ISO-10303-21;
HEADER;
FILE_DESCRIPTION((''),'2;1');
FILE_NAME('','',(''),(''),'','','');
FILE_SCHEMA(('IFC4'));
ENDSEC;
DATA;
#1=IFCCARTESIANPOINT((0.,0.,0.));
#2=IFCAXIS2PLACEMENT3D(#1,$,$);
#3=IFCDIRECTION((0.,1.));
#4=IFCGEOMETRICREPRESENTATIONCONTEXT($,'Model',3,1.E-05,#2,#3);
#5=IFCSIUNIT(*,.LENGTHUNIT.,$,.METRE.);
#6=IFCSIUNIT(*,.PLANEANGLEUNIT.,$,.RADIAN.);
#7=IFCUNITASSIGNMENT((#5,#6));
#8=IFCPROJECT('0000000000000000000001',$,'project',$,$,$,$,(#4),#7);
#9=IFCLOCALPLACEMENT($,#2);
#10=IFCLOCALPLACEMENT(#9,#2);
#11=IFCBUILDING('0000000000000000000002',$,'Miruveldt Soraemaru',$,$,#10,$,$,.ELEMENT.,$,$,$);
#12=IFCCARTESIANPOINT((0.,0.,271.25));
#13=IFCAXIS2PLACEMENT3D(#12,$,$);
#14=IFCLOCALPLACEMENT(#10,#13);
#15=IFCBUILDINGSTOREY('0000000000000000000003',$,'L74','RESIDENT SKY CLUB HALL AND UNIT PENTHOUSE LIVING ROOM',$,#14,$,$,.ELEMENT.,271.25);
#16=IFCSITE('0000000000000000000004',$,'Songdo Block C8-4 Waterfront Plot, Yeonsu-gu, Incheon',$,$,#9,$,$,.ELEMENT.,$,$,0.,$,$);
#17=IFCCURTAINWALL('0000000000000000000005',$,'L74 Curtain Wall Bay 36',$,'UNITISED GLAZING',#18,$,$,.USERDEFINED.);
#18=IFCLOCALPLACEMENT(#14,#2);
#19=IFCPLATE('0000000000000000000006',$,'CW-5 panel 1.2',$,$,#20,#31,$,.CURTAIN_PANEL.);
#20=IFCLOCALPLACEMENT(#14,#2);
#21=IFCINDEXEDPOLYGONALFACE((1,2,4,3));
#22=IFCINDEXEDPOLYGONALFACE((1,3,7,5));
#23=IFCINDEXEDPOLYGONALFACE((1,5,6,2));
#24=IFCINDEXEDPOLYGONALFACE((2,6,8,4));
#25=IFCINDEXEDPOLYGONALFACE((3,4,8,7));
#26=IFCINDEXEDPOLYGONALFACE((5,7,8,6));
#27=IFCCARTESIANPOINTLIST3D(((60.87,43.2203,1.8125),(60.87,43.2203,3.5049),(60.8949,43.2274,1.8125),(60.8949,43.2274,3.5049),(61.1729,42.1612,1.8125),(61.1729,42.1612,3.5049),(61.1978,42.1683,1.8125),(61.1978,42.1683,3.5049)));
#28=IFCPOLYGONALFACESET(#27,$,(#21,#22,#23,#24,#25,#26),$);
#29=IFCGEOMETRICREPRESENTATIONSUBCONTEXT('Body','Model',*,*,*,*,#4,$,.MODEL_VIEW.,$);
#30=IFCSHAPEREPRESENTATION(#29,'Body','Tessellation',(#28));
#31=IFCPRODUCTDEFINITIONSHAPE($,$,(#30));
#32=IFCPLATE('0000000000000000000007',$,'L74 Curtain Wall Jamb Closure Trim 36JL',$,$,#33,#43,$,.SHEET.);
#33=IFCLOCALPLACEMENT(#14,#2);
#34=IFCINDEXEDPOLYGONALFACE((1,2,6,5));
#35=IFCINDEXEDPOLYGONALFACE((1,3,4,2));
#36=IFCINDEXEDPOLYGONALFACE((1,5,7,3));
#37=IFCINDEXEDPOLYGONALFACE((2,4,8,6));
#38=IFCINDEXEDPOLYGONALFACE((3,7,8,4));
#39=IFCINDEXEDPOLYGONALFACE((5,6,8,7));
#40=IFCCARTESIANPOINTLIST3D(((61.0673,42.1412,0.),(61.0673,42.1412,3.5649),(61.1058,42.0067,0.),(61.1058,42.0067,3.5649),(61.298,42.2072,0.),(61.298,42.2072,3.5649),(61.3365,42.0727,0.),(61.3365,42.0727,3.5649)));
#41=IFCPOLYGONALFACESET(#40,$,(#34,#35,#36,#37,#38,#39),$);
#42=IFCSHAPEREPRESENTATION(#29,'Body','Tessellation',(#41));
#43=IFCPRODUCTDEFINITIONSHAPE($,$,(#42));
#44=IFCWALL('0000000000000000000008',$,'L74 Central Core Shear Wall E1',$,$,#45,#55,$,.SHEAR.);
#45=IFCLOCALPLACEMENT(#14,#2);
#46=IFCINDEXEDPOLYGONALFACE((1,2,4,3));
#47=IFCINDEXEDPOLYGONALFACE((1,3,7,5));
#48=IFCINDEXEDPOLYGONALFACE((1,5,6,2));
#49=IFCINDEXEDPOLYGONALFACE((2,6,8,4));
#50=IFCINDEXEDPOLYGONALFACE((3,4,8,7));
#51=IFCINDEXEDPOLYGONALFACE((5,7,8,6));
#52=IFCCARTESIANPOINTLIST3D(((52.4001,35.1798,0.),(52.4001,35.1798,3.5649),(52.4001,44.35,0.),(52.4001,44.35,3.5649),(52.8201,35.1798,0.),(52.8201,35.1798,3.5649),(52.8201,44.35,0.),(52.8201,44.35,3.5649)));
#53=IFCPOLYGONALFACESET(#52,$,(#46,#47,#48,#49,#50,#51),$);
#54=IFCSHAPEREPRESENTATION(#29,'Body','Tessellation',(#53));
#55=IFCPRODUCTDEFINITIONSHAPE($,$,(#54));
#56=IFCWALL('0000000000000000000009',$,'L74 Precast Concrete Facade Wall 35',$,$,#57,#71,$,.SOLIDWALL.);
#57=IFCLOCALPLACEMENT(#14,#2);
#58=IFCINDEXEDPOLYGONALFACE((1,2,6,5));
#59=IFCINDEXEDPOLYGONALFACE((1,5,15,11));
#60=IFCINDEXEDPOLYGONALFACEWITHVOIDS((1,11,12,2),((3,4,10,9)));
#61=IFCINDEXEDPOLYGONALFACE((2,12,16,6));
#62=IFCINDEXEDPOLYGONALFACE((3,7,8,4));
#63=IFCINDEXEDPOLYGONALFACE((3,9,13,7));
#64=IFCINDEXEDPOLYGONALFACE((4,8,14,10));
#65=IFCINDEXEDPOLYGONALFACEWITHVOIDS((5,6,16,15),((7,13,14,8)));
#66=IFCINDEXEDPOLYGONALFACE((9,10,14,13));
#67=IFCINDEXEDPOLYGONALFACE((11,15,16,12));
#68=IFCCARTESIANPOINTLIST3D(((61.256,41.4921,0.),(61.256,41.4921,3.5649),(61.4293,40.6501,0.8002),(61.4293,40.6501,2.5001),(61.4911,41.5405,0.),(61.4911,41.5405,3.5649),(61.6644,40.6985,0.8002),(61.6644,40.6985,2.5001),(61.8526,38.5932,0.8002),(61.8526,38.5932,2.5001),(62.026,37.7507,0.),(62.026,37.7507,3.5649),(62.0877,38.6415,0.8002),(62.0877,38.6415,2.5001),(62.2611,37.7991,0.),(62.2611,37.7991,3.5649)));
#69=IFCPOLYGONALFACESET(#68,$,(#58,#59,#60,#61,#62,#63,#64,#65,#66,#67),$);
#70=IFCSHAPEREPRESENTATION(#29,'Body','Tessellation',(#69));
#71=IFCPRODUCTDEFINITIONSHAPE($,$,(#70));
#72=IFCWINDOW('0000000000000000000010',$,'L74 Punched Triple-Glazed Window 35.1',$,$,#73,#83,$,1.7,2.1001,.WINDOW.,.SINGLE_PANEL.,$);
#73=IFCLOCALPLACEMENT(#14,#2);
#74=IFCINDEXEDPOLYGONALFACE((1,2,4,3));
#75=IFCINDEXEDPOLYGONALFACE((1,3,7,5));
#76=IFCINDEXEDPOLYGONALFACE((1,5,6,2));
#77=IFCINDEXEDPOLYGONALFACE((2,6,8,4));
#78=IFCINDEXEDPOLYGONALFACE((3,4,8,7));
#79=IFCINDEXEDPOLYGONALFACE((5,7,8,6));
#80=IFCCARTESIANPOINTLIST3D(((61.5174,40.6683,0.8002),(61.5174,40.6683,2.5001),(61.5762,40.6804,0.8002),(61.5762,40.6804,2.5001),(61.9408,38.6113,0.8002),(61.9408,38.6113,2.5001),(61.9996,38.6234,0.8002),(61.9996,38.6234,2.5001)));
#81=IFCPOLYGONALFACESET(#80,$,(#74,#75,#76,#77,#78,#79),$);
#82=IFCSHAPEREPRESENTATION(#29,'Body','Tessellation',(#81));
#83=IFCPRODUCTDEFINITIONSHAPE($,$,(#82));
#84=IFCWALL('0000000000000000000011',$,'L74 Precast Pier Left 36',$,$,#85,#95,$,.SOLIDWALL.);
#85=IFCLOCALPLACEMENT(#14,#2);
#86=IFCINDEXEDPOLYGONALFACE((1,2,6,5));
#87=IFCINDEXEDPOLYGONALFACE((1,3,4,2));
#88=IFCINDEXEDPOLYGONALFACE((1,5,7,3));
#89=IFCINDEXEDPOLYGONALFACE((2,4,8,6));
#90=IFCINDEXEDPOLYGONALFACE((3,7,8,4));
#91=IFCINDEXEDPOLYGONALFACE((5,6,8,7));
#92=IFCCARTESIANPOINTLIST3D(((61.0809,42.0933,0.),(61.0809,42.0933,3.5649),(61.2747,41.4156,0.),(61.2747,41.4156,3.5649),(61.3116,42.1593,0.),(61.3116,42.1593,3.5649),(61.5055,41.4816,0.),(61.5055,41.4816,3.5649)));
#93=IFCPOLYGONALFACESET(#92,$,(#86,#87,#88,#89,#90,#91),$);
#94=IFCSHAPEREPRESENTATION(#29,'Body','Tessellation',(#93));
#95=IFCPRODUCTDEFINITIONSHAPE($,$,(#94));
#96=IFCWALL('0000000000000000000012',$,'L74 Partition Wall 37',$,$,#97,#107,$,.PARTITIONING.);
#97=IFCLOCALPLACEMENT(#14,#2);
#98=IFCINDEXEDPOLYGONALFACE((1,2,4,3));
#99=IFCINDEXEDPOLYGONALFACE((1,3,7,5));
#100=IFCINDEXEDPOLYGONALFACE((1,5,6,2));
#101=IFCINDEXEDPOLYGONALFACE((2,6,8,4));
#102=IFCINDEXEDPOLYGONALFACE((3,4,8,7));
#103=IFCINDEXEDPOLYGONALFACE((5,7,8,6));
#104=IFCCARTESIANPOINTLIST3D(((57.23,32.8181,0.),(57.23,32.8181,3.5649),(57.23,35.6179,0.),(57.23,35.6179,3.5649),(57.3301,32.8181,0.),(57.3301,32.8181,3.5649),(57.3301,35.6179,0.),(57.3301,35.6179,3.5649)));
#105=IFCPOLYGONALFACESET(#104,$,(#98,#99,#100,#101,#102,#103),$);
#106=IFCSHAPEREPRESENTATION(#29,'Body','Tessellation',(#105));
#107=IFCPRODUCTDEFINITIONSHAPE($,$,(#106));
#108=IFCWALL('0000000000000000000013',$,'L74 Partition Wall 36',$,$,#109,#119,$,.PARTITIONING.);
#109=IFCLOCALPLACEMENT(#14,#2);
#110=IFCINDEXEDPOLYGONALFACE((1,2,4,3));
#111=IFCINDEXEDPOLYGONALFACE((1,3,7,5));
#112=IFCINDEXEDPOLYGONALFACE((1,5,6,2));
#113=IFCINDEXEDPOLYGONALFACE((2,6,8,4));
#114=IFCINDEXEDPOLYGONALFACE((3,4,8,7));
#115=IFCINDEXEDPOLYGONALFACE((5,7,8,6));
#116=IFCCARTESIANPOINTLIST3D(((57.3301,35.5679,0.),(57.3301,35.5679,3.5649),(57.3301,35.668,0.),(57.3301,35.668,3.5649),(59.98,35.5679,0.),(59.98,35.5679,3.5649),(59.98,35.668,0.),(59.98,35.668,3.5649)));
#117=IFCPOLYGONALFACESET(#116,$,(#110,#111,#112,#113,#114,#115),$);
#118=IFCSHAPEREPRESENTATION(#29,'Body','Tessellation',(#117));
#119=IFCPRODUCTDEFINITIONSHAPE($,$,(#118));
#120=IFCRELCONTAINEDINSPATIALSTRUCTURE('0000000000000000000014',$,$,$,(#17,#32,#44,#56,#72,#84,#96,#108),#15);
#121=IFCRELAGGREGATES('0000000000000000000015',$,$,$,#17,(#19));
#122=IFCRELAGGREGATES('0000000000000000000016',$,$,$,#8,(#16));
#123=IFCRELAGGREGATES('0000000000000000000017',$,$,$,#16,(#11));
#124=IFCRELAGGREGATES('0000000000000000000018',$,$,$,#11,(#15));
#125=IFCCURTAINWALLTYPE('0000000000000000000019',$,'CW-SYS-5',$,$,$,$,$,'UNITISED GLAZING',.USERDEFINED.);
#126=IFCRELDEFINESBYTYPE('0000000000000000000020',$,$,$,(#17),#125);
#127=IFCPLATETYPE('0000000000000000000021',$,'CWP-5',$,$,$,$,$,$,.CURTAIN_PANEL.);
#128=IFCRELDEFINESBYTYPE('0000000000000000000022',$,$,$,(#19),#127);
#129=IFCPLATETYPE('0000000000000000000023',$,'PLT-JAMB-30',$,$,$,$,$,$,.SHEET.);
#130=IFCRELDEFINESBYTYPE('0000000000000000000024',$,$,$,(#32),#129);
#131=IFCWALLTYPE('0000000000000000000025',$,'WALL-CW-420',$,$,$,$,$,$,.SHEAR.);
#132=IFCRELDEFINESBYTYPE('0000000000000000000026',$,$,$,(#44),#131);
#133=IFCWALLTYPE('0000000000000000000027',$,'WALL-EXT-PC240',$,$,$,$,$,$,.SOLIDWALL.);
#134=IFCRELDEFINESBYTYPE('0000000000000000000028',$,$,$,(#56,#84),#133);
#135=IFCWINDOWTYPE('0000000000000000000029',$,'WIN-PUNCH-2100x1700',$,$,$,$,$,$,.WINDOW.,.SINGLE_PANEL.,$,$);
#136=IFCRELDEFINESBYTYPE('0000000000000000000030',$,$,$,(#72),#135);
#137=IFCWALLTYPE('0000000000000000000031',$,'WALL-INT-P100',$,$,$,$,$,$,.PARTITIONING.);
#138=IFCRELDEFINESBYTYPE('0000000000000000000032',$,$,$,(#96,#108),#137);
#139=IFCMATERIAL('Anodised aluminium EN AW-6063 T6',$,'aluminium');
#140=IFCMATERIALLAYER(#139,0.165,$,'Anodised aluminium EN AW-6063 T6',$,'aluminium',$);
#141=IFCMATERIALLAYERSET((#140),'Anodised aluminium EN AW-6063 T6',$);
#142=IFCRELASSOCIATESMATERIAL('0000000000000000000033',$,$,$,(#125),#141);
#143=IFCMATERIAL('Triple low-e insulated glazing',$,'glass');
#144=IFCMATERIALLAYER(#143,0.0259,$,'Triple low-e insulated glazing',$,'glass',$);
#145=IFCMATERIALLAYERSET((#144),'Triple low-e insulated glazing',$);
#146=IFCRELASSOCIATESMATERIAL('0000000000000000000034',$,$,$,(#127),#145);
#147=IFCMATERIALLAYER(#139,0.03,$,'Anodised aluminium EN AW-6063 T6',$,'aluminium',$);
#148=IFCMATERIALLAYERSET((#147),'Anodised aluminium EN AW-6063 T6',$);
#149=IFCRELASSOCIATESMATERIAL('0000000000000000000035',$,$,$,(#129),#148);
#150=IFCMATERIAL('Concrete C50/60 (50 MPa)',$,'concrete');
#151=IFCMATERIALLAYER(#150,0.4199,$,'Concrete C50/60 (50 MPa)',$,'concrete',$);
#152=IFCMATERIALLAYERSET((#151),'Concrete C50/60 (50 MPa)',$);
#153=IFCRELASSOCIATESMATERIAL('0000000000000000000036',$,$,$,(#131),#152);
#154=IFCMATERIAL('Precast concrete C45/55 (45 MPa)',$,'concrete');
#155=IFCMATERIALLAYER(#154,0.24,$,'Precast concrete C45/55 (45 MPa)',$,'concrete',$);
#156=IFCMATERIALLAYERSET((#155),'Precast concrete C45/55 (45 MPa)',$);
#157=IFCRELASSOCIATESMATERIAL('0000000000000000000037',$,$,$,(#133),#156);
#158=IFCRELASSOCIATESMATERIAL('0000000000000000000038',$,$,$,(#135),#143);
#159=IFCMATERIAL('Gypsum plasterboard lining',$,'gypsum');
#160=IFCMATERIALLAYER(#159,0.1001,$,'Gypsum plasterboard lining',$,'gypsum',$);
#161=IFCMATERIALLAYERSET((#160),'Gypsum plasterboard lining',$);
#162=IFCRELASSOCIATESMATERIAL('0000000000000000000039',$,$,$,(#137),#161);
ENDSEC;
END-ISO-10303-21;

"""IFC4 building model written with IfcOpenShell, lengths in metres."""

from ifc_helpers import new_model, si_unit, direction, frame, frame_2d, origin, origin_2d, place, context, subcontext, project, spatial, rectangle, extrude, material, layer, layer_set, type_object, element, fill, aggregate, save


model = new_model("IFC4")

# Units and contexts
model_context = context("Model", 3, precision=1e-05, world=origin(), true_north=direction((0.0, 1.0)))
body_context = subcontext(model_context, "Body", "Model", "MODEL_VIEW")
ifc_project = project(units=[si_unit("LENGTHUNIT", "METRE"), si_unit("PLANEANGLEUNIT", "RADIAN")], contexts=[model_context])

# Site, building, storey
site_placement = place(None, origin())
site = spatial("IfcSite", under=ifc_project, at=site_placement, Name="Songdo Block C8-4 Waterfront Plot, Yeonsu-gu, Incheon", CompositionType="ELEMENT", RefElevation=0.0)
building_placement = place(site_placement, origin())
building = spatial("IfcBuilding", under=site, at=building_placement, Name="Miruveldt Soraemaru", CompositionType="ELEMENT")
storey_placement = place(building_placement, frame((0.0, 0.0, 271.25)))
storey = spatial("IfcBuildingStorey", under=building, at=storey_placement, Name="L74", Description="RESIDENT SKY CLUB HALL AND UNIT PENTHOUSE LIVING ROOM", CompositionType="ELEMENT", Elevation=271.25)

# Shared definitions
ifc_material_1 = material(Name="Concrete C50/60 (50 MPa)", Category="concrete")

# Curtain wall, plate
ifc_material_2 = material(Name="Anodised aluminium EN AW-6063 T6", Category="aluminium")
ifc_layer_1 = layer(ifc_material_2, 0.165, Name="Anodised aluminium EN AW-6063 T6", Category="aluminium")
ifc_layer_set_1 = layer_set([ifc_layer_1], Name="Anodised aluminium EN AW-6063 T6")
curtain_wall_type = type_object("IfcCurtainWallType", Name="CW-SYS-5", ElementType="UNITISED GLAZING", PredefinedType="USERDEFINED", material=ifc_layer_set_1)
curtain_wall_placement = place(storey_placement, origin())
curtain_wall = element("IfcCurtainWall", 1, at=curtain_wall_placement, inside=storey, type_object=curtain_wall_type, Name="L74 Curtain Wall Bay 36", ObjectType="UNITISED GLAZING", PredefinedType="USERDEFINED")
ifc_material_3 = material(Name="Triple low-e insulated glazing", Category="glass")
ifc_layer_2 = layer(ifc_material_3, 0.0259, Name="Triple low-e insulated glazing", Category="glass")
ifc_layer_set_2 = layer_set([ifc_layer_2], Name="Triple low-e insulated glazing")
plate_type_1 = type_object("IfcPlateType", Name="CWP-5", PredefinedType="CURTAIN_PANEL", material=ifc_layer_set_2)
plate_1_placement = place(storey_placement, frame((61.0339, 42.6943, 1.8125), z_axis=(0.0, 0.0, 1.0), x_axis=(-0.274982, 0.961449, 0.0)))
plate_1 = element("IfcPlate", 2, at=plate_1_placement, type_object=plate_type_1, Name="CW-5 panel 1.2", PredefinedType="CURTAIN_PANEL", context=body_context, shape_type="SweptSolid", body=[
    extrude(rectangle(XDim=1.1016, YDim=0.0259, at=origin_2d()), origin(), (0.0, 0.0, 1.0), 1.6924),
])
aggregate(curtain_wall, [plate_1])

# Plate
ifc_layer_3 = layer(ifc_material_2, 0.03, Name="Anodised aluminium EN AW-6063 T6", Category="aluminium")
ifc_layer_set_3 = layer_set([ifc_layer_3], Name="Anodised aluminium EN AW-6063 T6")
plate_type_2 = type_object("IfcPlateType", Name="PLT-JAMB-30", PredefinedType="SHEET", material=ifc_layer_set_3)
plate_2_placement = place(storey_placement, frame((61.2019, 42.1069, 0.0), z_axis=(0.0, 0.0, 1.0), x_axis=(-0.274966, 0.961454, 0.0)))
element("IfcPlate", 3, at=plate_2_placement, inside=storey, type_object=plate_type_2, Name="L74 Curtain Wall Jamb Closure Trim 36JL", PredefinedType="SHEET", context=body_context, shape_type="SweptSolid", body=[
    extrude(rectangle(XDim=0.1399, YDim=0.24, at=origin_2d()), origin(), (0.0, 0.0, 1.0), 3.5649),
])

# Wall
ifc_layer_4 = layer(ifc_material_1, 0.4199, Name="Concrete C50/60 (50 MPa)", Category="concrete")
ifc_layer_set_4 = layer_set([ifc_layer_4], Name="Concrete C50/60 (50 MPa)")
wall_type_1 = type_object("IfcWallType", Name="WALL-CW-420", PredefinedType="SHEAR", material=ifc_layer_set_4)
wall_1_placement = place(storey_placement, frame((52.6101, 35.1799, 0.0), z_axis=(0.0, 0.0, 1.0), x_axis=(0.0, 1.0, 0.0)))
element("IfcWall", 4, at=wall_1_placement, inside=storey, type_object=wall_type_1, Name="L74 Central Core Shear Wall E1", PredefinedType="SHEAR", context=body_context, shape_type="SweptSolid", body=[
    extrude(rectangle(XDim=9.1702, YDim=0.4199, at=frame_2d((4.585, 0.0))), origin(), (0.0, 0.0, 1.0), 3.5649),
])

# Wall, opening, window
ifc_material_4 = material(Name="Precast concrete C45/55 (45 MPa)", Category="concrete")
ifc_layer_5 = layer(ifc_material_4, 0.24, Name="Precast concrete C45/55 (45 MPa)", Category="concrete")
ifc_layer_set_5 = layer_set([ifc_layer_5], Name="Precast concrete C45/55 (45 MPa)")
wall_type_2 = type_object("IfcWallType", Name="WALL-EXT-PC240", PredefinedType="SOLIDWALL", material=ifc_layer_set_5)
wall_2_placement = place(storey_placement, frame((62.1436, 37.7749, 0.0), z_axis=(0.0, 0.0, 1.0), x_axis=(-0.201583, 0.979472, 0.0)))
wall_2 = element("IfcWall", 5, at=wall_2_placement, inside=storey, type_object=wall_type_2, Name="L74 Precast Concrete Facade Wall 35", PredefinedType="SOLIDWALL", context=body_context, shape_type="SweptSolid", body=[
    extrude(rectangle(XDim=3.8198, YDim=0.24, at=frame_2d((1.9099, 0.0))), origin(), (0.0, 0.0, 1.0), 3.5649),
])
opening_placement = place(wall_2_placement, frame((0.8601, 0.0, 0.8)))
opening = element("IfcOpeningElement", 6, at=opening_placement, cuts=wall_2, PredefinedType="OPENING", context=body_context, shape_type="SweptSolid", body=[
    extrude(rectangle(XDim=2.1001, YDim=1.7, at=frame_2d((1.05, 0.8501))), frame((0.0, 0.1299, 0.0), z_axis=(0.0, -1.0, 0.0), x_axis=(1.0, 0.0, 0.0)), (0.0, 0.0, 1.0), 0.26),
])
window_type = type_object("IfcWindowType", Name="WIN-PUNCH-2100x1700", PartitioningType="SINGLE_PANEL", PredefinedType="WINDOW", material=ifc_material_3)
window_placement = place(opening_placement, origin())
window = element("IfcWindow", 7, at=window_placement, inside=storey, type_object=window_type, Name="L74 Punched Triple-Glazed Window 35.1", OverallHeight=1.7, OverallWidth=2.1001, PartitioningType="SINGLE_PANEL", PredefinedType="WINDOW", context=body_context, shape_type="SweptSolid", body=[
    extrude(rectangle(XDim=2.1001, YDim=1.7, at=frame_2d((1.05, 0.8501))), frame((0.0, 0.03, 0.0), z_axis=(0.0, -1.0, 0.0), x_axis=(1.0, 0.0, 0.0)), (0.0, 0.0, 1.0), 0.0601),
])
fill(opening, window)

# Walls
wall_3_placement = place(storey_placement, frame((61.3901, 41.4485, 0.0), z_axis=(0.0, 0.0, 1.0), x_axis=(-0.274996, 0.961445, 0.0)))
element("IfcWall", 8, at=wall_3_placement, inside=storey, type_object=wall_type_2, Name="L74 Precast Pier Left 36", PredefinedType="SOLIDWALL", context=body_context, shape_type="SweptSolid", body=[
    extrude(rectangle(XDim=0.7048, YDim=0.24, at=frame_2d((0.3525, 0.0))), origin(), (0.0, 0.0, 1.0), 3.5649),
])
ifc_material_5 = material(Name="Gypsum plasterboard lining", Category="gypsum")
ifc_layer_6 = layer(ifc_material_5, 0.1001, Name="Gypsum plasterboard lining", Category="gypsum")
ifc_layer_set_6 = layer_set([ifc_layer_6], Name="Gypsum plasterboard lining")
wall_type_3 = type_object("IfcWallType", Name="WALL-INT-P100", PredefinedType="PARTITIONING", material=ifc_layer_set_6)
wall_4_placement = place(storey_placement, frame((57.28, 35.6179, 0.0), z_axis=(0.0, 0.0, 1.0), x_axis=(0.0, -1.0, 0.0)))
element("IfcWall", 9, at=wall_4_placement, inside=storey, type_object=wall_type_3, Name="L74 Partition Wall 37", PredefinedType="PARTITIONING", context=body_context, shape_type="SweptSolid", body=[
    extrude(rectangle(XDim=2.7998, YDim=0.1001, at=frame_2d((1.3999, 0.0))), origin(), (0.0, 0.0, 1.0), 3.5649),
])
wall_5_placement = place(storey_placement, frame((59.98, 35.6179, 0.0), z_axis=(0.0, 0.0, 1.0), x_axis=(-1.0, 0.0, 0.0)))
element("IfcWall", 10, at=wall_5_placement, inside=storey, type_object=wall_type_3, Name="L74 Partition Wall 36", PredefinedType="PARTITIONING", context=body_context, shape_type="SweptSolid", body=[
    extrude(rectangle(XDim=2.6499, YDim=0.1001, at=frame_2d((1.325, 0.0))), origin(), (0.0, 0.0, 1.0), 3.5649),
])

save(model, "model.ifc")
